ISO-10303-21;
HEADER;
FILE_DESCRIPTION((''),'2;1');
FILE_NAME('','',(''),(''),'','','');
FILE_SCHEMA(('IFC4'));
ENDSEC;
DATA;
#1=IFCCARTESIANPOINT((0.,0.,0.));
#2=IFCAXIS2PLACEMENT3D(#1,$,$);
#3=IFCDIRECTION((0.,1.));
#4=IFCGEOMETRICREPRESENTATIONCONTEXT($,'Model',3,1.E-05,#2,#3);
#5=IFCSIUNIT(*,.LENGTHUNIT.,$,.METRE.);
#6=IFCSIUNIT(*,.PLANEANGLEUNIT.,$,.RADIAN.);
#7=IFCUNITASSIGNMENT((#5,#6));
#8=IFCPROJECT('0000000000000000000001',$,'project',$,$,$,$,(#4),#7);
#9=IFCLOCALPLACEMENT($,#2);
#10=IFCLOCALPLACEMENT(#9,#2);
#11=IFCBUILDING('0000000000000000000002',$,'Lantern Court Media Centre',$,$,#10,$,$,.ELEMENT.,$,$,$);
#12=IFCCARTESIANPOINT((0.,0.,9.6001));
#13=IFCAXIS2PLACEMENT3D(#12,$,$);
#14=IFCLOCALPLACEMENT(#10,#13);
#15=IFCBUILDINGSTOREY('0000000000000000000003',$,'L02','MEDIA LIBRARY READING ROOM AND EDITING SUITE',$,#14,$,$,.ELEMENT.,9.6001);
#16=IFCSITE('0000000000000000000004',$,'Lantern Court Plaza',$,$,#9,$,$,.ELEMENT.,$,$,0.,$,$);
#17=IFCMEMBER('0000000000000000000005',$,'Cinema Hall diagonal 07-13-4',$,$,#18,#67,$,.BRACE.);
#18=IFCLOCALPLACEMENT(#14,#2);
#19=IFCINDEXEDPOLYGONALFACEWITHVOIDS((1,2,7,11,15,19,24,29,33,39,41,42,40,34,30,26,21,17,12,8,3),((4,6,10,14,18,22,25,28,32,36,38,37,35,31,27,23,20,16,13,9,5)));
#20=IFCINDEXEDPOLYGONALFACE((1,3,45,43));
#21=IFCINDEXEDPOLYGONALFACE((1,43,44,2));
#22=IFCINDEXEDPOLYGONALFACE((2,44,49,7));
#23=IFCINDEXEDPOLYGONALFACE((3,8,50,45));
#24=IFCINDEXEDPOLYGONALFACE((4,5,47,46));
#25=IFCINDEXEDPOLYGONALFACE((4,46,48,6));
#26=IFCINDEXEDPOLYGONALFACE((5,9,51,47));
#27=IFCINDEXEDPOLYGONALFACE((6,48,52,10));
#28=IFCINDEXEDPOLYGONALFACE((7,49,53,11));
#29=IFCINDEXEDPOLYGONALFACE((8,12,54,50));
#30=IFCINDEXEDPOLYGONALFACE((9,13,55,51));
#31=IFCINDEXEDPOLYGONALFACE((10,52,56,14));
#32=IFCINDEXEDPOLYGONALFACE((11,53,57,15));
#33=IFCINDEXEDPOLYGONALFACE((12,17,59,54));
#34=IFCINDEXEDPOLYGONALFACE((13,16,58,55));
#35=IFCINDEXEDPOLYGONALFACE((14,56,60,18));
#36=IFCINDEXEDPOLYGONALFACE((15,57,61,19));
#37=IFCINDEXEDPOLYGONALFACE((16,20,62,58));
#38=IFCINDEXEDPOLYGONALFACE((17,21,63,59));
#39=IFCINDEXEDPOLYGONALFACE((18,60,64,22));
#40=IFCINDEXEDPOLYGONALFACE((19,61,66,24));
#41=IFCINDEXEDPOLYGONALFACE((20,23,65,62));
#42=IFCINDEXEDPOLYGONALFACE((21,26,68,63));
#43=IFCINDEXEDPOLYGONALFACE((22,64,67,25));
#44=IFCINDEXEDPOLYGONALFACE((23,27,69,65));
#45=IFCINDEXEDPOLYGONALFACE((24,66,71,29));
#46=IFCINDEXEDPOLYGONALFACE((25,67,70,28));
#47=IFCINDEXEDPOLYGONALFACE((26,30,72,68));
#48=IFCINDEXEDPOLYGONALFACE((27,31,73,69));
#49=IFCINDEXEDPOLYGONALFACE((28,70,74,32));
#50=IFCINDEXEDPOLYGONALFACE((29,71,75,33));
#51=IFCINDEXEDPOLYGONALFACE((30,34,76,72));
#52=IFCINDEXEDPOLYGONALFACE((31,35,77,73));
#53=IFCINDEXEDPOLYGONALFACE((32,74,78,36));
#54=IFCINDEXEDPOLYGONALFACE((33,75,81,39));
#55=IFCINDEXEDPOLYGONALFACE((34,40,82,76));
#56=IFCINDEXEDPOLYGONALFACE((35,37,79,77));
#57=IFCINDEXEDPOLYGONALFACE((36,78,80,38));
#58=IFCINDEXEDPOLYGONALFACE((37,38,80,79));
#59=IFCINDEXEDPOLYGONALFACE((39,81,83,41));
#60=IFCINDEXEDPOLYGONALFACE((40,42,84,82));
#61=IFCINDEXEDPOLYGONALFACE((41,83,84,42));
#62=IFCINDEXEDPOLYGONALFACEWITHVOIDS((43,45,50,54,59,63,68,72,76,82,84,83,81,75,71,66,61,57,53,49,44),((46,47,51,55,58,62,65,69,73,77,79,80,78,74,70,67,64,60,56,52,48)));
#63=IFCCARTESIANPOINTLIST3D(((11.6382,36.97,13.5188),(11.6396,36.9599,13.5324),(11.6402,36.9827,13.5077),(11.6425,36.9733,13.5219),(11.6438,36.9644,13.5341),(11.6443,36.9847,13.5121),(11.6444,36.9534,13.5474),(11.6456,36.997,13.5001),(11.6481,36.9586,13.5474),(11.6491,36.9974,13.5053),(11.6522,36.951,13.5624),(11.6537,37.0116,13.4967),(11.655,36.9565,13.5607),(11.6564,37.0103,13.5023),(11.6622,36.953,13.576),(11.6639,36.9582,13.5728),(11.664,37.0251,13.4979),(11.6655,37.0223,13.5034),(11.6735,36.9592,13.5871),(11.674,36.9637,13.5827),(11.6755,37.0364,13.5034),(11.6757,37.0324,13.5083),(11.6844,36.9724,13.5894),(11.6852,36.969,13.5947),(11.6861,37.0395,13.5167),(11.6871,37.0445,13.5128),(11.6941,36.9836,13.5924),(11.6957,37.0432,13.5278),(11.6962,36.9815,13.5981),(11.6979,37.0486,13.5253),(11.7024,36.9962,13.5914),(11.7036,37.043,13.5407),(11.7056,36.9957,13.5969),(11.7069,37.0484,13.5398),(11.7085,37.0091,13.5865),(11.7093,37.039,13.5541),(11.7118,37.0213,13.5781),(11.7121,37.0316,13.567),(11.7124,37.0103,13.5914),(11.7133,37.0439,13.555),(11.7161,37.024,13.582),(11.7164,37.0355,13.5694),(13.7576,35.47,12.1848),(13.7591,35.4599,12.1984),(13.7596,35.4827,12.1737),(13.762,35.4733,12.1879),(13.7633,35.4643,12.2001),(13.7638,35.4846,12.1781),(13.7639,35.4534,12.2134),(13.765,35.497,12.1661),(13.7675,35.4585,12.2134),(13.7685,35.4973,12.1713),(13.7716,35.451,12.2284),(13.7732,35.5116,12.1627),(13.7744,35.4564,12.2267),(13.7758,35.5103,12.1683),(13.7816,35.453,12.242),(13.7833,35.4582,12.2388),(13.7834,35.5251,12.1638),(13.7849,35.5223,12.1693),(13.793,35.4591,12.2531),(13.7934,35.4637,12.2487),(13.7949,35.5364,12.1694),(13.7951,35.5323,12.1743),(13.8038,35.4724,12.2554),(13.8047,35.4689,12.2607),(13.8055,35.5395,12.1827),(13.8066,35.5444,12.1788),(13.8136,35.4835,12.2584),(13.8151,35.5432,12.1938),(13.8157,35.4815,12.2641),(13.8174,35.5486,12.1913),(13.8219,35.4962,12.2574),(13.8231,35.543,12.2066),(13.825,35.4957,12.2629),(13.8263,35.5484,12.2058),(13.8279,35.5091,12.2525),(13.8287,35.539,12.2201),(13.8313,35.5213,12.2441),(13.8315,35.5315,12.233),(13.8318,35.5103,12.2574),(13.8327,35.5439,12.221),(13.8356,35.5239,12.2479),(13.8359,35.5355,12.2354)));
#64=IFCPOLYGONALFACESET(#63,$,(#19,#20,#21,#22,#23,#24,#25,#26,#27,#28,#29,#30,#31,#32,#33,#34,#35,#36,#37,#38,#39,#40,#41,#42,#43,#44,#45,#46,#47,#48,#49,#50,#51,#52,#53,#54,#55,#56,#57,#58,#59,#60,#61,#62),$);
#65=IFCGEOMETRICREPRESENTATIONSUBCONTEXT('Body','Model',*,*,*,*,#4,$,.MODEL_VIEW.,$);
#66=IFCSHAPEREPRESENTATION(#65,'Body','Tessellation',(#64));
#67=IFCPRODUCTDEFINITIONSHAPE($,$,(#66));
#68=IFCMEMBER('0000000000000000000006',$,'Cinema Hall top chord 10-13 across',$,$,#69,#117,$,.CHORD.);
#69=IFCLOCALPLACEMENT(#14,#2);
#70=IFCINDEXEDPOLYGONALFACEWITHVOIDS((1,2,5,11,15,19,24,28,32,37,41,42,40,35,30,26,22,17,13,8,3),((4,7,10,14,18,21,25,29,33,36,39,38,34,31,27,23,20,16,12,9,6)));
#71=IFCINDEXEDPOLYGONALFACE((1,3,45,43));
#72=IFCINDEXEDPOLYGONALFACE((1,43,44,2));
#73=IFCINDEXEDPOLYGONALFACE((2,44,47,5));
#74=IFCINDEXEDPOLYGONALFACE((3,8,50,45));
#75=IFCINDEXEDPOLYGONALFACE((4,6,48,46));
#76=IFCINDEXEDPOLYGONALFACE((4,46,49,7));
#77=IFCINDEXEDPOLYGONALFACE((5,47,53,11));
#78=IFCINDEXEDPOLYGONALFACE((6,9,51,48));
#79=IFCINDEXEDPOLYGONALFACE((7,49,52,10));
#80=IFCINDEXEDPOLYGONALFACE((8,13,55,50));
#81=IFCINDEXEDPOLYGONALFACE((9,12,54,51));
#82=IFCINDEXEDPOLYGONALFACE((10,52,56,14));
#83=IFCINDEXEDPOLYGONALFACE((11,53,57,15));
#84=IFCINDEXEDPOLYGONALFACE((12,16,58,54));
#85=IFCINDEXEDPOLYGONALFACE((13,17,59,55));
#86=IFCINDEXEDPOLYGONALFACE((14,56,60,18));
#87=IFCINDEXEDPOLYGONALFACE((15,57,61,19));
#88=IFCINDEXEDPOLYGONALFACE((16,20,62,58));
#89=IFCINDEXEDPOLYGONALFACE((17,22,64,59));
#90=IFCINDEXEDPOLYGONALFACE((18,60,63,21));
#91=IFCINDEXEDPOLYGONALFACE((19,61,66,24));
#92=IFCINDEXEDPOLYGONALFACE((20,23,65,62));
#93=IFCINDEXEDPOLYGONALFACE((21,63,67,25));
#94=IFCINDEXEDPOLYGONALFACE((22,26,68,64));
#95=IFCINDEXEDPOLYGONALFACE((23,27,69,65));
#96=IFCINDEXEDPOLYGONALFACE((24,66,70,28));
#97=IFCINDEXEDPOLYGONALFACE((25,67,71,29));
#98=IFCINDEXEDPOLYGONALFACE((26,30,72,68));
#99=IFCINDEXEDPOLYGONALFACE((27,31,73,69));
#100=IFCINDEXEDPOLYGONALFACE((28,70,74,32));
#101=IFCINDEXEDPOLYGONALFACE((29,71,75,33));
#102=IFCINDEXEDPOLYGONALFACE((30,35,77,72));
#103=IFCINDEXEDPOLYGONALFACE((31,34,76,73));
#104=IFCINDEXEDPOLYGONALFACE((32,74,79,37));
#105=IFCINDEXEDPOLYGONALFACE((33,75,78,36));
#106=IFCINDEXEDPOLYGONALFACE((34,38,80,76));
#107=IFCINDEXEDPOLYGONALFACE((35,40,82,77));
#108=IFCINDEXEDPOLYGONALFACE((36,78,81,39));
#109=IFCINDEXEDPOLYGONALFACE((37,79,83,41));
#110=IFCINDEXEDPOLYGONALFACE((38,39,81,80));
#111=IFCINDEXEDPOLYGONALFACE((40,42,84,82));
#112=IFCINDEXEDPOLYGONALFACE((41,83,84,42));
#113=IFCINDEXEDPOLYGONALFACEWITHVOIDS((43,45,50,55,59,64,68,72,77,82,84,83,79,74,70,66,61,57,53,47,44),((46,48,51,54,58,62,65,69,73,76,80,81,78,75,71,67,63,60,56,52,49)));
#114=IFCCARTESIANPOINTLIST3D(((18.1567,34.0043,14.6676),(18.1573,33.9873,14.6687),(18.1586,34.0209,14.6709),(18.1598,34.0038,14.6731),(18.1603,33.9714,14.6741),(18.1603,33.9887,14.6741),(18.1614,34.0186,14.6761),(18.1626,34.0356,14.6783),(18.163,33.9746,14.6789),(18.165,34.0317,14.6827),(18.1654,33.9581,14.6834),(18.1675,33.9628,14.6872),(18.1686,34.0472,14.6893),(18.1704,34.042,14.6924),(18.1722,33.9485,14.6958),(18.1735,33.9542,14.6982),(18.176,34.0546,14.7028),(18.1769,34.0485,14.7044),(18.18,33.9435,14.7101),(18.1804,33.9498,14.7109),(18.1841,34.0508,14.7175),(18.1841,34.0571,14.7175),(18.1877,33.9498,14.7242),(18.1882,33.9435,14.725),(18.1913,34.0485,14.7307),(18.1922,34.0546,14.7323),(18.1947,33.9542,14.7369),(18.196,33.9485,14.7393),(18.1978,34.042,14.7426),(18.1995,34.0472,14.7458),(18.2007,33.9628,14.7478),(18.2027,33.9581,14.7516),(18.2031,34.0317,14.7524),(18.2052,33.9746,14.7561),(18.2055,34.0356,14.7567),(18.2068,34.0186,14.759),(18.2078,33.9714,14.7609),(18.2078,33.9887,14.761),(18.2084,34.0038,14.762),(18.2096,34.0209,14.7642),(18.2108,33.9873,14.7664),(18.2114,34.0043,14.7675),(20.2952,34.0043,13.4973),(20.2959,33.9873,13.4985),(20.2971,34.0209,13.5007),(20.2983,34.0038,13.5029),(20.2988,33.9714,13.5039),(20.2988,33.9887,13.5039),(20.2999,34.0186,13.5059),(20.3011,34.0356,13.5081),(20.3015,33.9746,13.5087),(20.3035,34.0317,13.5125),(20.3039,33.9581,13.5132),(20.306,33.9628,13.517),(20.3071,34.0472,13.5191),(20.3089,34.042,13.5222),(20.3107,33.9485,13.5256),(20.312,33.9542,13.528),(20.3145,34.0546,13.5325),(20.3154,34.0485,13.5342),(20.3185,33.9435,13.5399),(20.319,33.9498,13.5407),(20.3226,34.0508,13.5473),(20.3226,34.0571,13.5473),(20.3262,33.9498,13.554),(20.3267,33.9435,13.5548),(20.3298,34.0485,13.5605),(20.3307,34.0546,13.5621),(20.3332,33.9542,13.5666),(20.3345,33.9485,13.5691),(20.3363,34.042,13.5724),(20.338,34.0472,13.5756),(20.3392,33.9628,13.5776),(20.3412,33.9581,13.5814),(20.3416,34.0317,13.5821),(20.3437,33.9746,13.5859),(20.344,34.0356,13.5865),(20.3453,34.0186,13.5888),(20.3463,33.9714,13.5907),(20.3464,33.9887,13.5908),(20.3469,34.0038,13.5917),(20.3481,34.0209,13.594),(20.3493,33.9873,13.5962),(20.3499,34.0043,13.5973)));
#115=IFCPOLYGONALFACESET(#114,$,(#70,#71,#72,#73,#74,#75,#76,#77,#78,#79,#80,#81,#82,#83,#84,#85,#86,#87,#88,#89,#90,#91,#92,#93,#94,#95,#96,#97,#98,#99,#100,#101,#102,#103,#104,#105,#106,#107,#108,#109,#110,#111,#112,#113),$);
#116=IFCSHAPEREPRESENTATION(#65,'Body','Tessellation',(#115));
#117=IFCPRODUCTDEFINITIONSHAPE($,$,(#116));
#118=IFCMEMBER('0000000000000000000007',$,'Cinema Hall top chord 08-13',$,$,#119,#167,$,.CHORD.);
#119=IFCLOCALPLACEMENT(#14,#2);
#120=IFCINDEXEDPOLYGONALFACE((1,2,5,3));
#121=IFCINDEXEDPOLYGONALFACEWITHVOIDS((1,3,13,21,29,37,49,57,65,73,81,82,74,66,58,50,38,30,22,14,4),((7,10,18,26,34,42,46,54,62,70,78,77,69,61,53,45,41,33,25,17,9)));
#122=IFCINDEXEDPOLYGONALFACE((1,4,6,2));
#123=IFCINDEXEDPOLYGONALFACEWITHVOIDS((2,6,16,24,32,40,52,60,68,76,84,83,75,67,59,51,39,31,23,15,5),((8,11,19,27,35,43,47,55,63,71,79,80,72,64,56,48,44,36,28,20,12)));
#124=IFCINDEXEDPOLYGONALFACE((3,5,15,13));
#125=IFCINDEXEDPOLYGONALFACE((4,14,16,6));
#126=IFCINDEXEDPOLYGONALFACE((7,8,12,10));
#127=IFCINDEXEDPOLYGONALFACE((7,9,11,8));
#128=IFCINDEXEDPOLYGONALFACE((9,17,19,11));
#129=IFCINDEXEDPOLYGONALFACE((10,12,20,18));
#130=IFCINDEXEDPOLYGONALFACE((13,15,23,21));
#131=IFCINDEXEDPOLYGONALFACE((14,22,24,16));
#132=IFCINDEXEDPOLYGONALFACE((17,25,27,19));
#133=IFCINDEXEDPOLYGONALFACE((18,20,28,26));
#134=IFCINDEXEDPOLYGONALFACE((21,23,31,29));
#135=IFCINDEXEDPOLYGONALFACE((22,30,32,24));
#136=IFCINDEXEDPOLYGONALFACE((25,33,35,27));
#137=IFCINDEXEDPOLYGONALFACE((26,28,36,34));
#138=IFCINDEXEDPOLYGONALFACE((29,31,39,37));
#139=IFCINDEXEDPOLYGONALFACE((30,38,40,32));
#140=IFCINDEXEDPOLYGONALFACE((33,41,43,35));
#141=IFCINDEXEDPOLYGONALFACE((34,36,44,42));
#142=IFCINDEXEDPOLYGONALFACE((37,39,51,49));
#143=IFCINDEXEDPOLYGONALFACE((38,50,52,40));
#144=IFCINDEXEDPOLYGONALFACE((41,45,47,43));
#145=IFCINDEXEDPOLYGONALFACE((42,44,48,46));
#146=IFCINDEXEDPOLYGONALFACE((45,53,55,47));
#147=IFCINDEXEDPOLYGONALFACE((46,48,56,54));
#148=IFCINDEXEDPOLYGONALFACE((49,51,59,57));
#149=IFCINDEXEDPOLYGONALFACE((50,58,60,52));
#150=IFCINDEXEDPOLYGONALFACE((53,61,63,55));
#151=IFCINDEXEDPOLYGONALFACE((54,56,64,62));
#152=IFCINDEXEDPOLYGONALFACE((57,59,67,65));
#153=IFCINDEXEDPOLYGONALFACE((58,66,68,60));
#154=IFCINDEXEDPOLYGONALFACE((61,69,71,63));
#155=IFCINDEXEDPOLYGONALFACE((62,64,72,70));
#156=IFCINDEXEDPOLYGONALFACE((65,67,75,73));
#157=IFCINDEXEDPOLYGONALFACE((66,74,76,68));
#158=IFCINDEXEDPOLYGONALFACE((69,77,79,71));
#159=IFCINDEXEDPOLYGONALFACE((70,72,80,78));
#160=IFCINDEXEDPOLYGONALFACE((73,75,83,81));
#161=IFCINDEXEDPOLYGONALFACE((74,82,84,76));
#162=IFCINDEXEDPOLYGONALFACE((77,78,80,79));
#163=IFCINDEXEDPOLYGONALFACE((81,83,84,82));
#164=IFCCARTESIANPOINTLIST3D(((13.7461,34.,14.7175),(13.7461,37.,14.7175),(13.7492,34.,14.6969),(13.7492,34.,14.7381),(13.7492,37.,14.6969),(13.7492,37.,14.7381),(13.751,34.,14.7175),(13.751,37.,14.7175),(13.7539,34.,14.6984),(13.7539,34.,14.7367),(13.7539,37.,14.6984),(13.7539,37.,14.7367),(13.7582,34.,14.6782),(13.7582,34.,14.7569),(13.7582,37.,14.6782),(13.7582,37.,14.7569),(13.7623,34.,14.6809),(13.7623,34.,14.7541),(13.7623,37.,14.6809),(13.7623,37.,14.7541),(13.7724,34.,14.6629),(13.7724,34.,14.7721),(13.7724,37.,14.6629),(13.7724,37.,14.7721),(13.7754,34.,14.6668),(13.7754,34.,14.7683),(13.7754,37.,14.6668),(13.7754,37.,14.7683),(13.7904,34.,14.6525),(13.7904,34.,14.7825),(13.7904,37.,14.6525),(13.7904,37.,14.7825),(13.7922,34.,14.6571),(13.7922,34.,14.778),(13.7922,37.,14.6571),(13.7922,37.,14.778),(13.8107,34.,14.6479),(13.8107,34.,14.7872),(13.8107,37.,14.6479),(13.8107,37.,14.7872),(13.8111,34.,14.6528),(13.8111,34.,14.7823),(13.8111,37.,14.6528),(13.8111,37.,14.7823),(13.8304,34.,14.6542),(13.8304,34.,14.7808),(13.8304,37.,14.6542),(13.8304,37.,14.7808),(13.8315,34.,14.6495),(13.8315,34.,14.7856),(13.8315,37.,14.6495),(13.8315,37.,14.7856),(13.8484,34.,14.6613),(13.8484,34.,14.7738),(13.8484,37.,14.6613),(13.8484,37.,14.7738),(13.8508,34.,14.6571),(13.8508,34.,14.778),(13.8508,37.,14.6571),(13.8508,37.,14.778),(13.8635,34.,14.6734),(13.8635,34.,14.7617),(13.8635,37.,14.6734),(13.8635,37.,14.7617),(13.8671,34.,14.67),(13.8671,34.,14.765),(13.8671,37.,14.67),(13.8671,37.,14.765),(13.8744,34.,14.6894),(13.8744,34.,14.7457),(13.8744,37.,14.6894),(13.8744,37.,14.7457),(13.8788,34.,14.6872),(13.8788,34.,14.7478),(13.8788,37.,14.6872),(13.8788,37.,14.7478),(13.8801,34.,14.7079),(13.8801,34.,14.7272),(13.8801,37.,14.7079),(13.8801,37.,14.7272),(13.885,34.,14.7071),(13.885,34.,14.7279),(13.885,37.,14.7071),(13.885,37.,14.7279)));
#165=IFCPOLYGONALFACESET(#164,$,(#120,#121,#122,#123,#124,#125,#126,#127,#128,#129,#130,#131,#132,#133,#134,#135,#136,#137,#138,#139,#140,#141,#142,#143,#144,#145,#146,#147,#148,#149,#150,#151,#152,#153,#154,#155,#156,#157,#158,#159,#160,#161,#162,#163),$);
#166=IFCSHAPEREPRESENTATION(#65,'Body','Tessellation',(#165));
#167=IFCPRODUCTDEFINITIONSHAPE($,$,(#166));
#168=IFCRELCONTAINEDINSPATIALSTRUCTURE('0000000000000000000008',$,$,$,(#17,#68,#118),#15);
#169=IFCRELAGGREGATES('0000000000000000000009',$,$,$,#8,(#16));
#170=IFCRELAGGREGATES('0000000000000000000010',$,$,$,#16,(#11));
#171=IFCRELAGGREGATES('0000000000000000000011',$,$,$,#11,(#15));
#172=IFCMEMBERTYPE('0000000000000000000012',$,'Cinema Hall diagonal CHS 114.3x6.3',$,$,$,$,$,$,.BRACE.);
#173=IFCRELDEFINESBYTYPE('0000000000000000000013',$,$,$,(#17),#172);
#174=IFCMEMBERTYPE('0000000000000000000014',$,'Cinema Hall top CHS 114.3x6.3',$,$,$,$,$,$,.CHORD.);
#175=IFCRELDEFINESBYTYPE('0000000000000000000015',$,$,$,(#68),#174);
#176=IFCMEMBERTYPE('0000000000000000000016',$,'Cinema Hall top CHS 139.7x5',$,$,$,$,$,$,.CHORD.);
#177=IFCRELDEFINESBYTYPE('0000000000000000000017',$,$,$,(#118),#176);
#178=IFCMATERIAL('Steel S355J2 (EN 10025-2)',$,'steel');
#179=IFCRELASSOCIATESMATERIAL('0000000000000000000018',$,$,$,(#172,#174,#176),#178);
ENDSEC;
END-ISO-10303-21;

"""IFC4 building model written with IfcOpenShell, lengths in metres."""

from ifc_helpers import new_model, si_unit, direction, frame, origin, origin_2d, place, context, subcontext, project, spatial, hollow_circle, extrude, material, material_profile, profile_set, type_object, element, save


model = new_model("IFC4")

# Units and contexts
model_context = context("Model", 3, precision=1e-05, world=origin(), true_north=direction((0.0, 1.0)))
body_context = subcontext(model_context, "Body", "Model", "MODEL_VIEW")
ifc_project = project(units=[si_unit("LENGTHUNIT", "METRE"), si_unit("PLANEANGLEUNIT", "RADIAN")], contexts=[model_context])

# Site, building, storey
site_placement = place(None, origin())
site = spatial("IfcSite", under=ifc_project, at=site_placement, Name="Lantern Court Plaza", CompositionType="ELEMENT", RefElevation=0.0)
building_placement = place(site_placement, origin())
building = spatial("IfcBuilding", under=site, at=building_placement, Name="Lantern Court Media Centre", CompositionType="ELEMENT")
storey_placement = place(building_placement, frame((0.0, 0.0, 9.6001)))
storey = spatial("IfcBuildingStorey", under=building, at=storey_placement, Name="L02", Description="MEDIA LIBRARY READING ROOM AND EDITING SUITE", CompositionType="ELEMENT", Elevation=9.6001)

# Members
ifc_material = material(Name="Steel S355J2 (EN 10025-2)", Category="steel")
ifc_material_profile_1 = material_profile(ifc_material, hollow_circle(Radius=0.0571, WallThickness=0.0063, at=origin_2d()), Name="Cinema Hall diagonal CHS 114.3x6.3")
ifc_profile_set_1 = profile_set([ifc_material_profile_1], Name="Steel S355J2 (EN 10025-2)")
member_type_1 = type_object("IfcMemberType", Name="Cinema Hall diagonal CHS 114.3x6.3", PredefinedType="BRACE", material=ifc_profile_set_1)
member_1_placement = place(storey_placement, frame((13.7969, 35.5, 12.2134), z_axis=(-0.726034, 0.513852, 0.45698), x_axis=(-0.577702, -0.816248, 0.0)))
element("IfcMember", 1, at=member_1_placement, inside=storey, type_object=member_type_1, Name="Cinema Hall diagonal 07-13-4", PredefinedType="BRACE", context=body_context, shape_type="SweptSolid", body=[
    extrude(hollow_circle(Radius=0.0571, WallThickness=0.0063, at=origin_2d()), origin(), (0.0, 0.0, 1.0), 2.9192),
])
ifc_material_profile_2 = material_profile(ifc_material, hollow_circle(Radius=0.0571, WallThickness=0.0063, at=origin_2d()), Name="Cinema Hall top CHS 114.3x6.3")
ifc_profile_set_2 = profile_set([ifc_material_profile_2], Name="Steel S355J2 (EN 10025-2)")
member_type_2 = type_object("IfcMemberType", Name="Cinema Hall top CHS 114.3x6.3", PredefinedType="CHORD", material=ifc_profile_set_2)
member_2_placement = place(storey_placement, frame((18.1841, 34.0, 14.7175), z_axis=(0.877248, 0.0, -0.480038), x_axis=(0.0, 1.0, 0.0)))
element("IfcMember", 2, at=member_2_placement, inside=storey, type_object=member_type_2, Name="Cinema Hall top chord 10-13 across", PredefinedType="CHORD", context=body_context, shape_type="SweptSolid", body=[
    extrude(hollow_circle(Radius=0.0571, WallThickness=0.0063, at=origin_2d()), origin(), (0.0, 0.0, 1.0), 2.4377),
])
ifc_material_profile_3 = material_profile(ifc_material, hollow_circle(Radius=0.0698, WallThickness=0.0049, at=origin_2d()), Name="Cinema Hall top CHS 139.7x5")
ifc_profile_set_3 = profile_set([ifc_material_profile_3], Name="Steel S355J2 (EN 10025-2)")
member_type_3 = type_object("IfcMemberType", Name="Cinema Hall top CHS 139.7x5", PredefinedType="CHORD", material=ifc_profile_set_3)
for number, where, z_axis, x_axis, name in (
    (3, (13.8159, 34.0, 14.7175), (0.0, 1.0, 0.0), (-1.0, 0.0, 0.0), "Cinema Hall top chord 08-13"),
):
    element("IfcMember", number, at=place(storey_placement, frame(where, z_axis=z_axis, x_axis=x_axis)), inside=storey, type_object=member_type_3, Name=name, PredefinedType="CHORD", context=body_context, shape_type="SweptSolid", body=[
        extrude(hollow_circle(Radius=0.0698, WallThickness=0.0049, at=origin_2d()), origin(), (0.0, 0.0, 1.0), 3.0),
    ])

save(model, "model.ifc")
